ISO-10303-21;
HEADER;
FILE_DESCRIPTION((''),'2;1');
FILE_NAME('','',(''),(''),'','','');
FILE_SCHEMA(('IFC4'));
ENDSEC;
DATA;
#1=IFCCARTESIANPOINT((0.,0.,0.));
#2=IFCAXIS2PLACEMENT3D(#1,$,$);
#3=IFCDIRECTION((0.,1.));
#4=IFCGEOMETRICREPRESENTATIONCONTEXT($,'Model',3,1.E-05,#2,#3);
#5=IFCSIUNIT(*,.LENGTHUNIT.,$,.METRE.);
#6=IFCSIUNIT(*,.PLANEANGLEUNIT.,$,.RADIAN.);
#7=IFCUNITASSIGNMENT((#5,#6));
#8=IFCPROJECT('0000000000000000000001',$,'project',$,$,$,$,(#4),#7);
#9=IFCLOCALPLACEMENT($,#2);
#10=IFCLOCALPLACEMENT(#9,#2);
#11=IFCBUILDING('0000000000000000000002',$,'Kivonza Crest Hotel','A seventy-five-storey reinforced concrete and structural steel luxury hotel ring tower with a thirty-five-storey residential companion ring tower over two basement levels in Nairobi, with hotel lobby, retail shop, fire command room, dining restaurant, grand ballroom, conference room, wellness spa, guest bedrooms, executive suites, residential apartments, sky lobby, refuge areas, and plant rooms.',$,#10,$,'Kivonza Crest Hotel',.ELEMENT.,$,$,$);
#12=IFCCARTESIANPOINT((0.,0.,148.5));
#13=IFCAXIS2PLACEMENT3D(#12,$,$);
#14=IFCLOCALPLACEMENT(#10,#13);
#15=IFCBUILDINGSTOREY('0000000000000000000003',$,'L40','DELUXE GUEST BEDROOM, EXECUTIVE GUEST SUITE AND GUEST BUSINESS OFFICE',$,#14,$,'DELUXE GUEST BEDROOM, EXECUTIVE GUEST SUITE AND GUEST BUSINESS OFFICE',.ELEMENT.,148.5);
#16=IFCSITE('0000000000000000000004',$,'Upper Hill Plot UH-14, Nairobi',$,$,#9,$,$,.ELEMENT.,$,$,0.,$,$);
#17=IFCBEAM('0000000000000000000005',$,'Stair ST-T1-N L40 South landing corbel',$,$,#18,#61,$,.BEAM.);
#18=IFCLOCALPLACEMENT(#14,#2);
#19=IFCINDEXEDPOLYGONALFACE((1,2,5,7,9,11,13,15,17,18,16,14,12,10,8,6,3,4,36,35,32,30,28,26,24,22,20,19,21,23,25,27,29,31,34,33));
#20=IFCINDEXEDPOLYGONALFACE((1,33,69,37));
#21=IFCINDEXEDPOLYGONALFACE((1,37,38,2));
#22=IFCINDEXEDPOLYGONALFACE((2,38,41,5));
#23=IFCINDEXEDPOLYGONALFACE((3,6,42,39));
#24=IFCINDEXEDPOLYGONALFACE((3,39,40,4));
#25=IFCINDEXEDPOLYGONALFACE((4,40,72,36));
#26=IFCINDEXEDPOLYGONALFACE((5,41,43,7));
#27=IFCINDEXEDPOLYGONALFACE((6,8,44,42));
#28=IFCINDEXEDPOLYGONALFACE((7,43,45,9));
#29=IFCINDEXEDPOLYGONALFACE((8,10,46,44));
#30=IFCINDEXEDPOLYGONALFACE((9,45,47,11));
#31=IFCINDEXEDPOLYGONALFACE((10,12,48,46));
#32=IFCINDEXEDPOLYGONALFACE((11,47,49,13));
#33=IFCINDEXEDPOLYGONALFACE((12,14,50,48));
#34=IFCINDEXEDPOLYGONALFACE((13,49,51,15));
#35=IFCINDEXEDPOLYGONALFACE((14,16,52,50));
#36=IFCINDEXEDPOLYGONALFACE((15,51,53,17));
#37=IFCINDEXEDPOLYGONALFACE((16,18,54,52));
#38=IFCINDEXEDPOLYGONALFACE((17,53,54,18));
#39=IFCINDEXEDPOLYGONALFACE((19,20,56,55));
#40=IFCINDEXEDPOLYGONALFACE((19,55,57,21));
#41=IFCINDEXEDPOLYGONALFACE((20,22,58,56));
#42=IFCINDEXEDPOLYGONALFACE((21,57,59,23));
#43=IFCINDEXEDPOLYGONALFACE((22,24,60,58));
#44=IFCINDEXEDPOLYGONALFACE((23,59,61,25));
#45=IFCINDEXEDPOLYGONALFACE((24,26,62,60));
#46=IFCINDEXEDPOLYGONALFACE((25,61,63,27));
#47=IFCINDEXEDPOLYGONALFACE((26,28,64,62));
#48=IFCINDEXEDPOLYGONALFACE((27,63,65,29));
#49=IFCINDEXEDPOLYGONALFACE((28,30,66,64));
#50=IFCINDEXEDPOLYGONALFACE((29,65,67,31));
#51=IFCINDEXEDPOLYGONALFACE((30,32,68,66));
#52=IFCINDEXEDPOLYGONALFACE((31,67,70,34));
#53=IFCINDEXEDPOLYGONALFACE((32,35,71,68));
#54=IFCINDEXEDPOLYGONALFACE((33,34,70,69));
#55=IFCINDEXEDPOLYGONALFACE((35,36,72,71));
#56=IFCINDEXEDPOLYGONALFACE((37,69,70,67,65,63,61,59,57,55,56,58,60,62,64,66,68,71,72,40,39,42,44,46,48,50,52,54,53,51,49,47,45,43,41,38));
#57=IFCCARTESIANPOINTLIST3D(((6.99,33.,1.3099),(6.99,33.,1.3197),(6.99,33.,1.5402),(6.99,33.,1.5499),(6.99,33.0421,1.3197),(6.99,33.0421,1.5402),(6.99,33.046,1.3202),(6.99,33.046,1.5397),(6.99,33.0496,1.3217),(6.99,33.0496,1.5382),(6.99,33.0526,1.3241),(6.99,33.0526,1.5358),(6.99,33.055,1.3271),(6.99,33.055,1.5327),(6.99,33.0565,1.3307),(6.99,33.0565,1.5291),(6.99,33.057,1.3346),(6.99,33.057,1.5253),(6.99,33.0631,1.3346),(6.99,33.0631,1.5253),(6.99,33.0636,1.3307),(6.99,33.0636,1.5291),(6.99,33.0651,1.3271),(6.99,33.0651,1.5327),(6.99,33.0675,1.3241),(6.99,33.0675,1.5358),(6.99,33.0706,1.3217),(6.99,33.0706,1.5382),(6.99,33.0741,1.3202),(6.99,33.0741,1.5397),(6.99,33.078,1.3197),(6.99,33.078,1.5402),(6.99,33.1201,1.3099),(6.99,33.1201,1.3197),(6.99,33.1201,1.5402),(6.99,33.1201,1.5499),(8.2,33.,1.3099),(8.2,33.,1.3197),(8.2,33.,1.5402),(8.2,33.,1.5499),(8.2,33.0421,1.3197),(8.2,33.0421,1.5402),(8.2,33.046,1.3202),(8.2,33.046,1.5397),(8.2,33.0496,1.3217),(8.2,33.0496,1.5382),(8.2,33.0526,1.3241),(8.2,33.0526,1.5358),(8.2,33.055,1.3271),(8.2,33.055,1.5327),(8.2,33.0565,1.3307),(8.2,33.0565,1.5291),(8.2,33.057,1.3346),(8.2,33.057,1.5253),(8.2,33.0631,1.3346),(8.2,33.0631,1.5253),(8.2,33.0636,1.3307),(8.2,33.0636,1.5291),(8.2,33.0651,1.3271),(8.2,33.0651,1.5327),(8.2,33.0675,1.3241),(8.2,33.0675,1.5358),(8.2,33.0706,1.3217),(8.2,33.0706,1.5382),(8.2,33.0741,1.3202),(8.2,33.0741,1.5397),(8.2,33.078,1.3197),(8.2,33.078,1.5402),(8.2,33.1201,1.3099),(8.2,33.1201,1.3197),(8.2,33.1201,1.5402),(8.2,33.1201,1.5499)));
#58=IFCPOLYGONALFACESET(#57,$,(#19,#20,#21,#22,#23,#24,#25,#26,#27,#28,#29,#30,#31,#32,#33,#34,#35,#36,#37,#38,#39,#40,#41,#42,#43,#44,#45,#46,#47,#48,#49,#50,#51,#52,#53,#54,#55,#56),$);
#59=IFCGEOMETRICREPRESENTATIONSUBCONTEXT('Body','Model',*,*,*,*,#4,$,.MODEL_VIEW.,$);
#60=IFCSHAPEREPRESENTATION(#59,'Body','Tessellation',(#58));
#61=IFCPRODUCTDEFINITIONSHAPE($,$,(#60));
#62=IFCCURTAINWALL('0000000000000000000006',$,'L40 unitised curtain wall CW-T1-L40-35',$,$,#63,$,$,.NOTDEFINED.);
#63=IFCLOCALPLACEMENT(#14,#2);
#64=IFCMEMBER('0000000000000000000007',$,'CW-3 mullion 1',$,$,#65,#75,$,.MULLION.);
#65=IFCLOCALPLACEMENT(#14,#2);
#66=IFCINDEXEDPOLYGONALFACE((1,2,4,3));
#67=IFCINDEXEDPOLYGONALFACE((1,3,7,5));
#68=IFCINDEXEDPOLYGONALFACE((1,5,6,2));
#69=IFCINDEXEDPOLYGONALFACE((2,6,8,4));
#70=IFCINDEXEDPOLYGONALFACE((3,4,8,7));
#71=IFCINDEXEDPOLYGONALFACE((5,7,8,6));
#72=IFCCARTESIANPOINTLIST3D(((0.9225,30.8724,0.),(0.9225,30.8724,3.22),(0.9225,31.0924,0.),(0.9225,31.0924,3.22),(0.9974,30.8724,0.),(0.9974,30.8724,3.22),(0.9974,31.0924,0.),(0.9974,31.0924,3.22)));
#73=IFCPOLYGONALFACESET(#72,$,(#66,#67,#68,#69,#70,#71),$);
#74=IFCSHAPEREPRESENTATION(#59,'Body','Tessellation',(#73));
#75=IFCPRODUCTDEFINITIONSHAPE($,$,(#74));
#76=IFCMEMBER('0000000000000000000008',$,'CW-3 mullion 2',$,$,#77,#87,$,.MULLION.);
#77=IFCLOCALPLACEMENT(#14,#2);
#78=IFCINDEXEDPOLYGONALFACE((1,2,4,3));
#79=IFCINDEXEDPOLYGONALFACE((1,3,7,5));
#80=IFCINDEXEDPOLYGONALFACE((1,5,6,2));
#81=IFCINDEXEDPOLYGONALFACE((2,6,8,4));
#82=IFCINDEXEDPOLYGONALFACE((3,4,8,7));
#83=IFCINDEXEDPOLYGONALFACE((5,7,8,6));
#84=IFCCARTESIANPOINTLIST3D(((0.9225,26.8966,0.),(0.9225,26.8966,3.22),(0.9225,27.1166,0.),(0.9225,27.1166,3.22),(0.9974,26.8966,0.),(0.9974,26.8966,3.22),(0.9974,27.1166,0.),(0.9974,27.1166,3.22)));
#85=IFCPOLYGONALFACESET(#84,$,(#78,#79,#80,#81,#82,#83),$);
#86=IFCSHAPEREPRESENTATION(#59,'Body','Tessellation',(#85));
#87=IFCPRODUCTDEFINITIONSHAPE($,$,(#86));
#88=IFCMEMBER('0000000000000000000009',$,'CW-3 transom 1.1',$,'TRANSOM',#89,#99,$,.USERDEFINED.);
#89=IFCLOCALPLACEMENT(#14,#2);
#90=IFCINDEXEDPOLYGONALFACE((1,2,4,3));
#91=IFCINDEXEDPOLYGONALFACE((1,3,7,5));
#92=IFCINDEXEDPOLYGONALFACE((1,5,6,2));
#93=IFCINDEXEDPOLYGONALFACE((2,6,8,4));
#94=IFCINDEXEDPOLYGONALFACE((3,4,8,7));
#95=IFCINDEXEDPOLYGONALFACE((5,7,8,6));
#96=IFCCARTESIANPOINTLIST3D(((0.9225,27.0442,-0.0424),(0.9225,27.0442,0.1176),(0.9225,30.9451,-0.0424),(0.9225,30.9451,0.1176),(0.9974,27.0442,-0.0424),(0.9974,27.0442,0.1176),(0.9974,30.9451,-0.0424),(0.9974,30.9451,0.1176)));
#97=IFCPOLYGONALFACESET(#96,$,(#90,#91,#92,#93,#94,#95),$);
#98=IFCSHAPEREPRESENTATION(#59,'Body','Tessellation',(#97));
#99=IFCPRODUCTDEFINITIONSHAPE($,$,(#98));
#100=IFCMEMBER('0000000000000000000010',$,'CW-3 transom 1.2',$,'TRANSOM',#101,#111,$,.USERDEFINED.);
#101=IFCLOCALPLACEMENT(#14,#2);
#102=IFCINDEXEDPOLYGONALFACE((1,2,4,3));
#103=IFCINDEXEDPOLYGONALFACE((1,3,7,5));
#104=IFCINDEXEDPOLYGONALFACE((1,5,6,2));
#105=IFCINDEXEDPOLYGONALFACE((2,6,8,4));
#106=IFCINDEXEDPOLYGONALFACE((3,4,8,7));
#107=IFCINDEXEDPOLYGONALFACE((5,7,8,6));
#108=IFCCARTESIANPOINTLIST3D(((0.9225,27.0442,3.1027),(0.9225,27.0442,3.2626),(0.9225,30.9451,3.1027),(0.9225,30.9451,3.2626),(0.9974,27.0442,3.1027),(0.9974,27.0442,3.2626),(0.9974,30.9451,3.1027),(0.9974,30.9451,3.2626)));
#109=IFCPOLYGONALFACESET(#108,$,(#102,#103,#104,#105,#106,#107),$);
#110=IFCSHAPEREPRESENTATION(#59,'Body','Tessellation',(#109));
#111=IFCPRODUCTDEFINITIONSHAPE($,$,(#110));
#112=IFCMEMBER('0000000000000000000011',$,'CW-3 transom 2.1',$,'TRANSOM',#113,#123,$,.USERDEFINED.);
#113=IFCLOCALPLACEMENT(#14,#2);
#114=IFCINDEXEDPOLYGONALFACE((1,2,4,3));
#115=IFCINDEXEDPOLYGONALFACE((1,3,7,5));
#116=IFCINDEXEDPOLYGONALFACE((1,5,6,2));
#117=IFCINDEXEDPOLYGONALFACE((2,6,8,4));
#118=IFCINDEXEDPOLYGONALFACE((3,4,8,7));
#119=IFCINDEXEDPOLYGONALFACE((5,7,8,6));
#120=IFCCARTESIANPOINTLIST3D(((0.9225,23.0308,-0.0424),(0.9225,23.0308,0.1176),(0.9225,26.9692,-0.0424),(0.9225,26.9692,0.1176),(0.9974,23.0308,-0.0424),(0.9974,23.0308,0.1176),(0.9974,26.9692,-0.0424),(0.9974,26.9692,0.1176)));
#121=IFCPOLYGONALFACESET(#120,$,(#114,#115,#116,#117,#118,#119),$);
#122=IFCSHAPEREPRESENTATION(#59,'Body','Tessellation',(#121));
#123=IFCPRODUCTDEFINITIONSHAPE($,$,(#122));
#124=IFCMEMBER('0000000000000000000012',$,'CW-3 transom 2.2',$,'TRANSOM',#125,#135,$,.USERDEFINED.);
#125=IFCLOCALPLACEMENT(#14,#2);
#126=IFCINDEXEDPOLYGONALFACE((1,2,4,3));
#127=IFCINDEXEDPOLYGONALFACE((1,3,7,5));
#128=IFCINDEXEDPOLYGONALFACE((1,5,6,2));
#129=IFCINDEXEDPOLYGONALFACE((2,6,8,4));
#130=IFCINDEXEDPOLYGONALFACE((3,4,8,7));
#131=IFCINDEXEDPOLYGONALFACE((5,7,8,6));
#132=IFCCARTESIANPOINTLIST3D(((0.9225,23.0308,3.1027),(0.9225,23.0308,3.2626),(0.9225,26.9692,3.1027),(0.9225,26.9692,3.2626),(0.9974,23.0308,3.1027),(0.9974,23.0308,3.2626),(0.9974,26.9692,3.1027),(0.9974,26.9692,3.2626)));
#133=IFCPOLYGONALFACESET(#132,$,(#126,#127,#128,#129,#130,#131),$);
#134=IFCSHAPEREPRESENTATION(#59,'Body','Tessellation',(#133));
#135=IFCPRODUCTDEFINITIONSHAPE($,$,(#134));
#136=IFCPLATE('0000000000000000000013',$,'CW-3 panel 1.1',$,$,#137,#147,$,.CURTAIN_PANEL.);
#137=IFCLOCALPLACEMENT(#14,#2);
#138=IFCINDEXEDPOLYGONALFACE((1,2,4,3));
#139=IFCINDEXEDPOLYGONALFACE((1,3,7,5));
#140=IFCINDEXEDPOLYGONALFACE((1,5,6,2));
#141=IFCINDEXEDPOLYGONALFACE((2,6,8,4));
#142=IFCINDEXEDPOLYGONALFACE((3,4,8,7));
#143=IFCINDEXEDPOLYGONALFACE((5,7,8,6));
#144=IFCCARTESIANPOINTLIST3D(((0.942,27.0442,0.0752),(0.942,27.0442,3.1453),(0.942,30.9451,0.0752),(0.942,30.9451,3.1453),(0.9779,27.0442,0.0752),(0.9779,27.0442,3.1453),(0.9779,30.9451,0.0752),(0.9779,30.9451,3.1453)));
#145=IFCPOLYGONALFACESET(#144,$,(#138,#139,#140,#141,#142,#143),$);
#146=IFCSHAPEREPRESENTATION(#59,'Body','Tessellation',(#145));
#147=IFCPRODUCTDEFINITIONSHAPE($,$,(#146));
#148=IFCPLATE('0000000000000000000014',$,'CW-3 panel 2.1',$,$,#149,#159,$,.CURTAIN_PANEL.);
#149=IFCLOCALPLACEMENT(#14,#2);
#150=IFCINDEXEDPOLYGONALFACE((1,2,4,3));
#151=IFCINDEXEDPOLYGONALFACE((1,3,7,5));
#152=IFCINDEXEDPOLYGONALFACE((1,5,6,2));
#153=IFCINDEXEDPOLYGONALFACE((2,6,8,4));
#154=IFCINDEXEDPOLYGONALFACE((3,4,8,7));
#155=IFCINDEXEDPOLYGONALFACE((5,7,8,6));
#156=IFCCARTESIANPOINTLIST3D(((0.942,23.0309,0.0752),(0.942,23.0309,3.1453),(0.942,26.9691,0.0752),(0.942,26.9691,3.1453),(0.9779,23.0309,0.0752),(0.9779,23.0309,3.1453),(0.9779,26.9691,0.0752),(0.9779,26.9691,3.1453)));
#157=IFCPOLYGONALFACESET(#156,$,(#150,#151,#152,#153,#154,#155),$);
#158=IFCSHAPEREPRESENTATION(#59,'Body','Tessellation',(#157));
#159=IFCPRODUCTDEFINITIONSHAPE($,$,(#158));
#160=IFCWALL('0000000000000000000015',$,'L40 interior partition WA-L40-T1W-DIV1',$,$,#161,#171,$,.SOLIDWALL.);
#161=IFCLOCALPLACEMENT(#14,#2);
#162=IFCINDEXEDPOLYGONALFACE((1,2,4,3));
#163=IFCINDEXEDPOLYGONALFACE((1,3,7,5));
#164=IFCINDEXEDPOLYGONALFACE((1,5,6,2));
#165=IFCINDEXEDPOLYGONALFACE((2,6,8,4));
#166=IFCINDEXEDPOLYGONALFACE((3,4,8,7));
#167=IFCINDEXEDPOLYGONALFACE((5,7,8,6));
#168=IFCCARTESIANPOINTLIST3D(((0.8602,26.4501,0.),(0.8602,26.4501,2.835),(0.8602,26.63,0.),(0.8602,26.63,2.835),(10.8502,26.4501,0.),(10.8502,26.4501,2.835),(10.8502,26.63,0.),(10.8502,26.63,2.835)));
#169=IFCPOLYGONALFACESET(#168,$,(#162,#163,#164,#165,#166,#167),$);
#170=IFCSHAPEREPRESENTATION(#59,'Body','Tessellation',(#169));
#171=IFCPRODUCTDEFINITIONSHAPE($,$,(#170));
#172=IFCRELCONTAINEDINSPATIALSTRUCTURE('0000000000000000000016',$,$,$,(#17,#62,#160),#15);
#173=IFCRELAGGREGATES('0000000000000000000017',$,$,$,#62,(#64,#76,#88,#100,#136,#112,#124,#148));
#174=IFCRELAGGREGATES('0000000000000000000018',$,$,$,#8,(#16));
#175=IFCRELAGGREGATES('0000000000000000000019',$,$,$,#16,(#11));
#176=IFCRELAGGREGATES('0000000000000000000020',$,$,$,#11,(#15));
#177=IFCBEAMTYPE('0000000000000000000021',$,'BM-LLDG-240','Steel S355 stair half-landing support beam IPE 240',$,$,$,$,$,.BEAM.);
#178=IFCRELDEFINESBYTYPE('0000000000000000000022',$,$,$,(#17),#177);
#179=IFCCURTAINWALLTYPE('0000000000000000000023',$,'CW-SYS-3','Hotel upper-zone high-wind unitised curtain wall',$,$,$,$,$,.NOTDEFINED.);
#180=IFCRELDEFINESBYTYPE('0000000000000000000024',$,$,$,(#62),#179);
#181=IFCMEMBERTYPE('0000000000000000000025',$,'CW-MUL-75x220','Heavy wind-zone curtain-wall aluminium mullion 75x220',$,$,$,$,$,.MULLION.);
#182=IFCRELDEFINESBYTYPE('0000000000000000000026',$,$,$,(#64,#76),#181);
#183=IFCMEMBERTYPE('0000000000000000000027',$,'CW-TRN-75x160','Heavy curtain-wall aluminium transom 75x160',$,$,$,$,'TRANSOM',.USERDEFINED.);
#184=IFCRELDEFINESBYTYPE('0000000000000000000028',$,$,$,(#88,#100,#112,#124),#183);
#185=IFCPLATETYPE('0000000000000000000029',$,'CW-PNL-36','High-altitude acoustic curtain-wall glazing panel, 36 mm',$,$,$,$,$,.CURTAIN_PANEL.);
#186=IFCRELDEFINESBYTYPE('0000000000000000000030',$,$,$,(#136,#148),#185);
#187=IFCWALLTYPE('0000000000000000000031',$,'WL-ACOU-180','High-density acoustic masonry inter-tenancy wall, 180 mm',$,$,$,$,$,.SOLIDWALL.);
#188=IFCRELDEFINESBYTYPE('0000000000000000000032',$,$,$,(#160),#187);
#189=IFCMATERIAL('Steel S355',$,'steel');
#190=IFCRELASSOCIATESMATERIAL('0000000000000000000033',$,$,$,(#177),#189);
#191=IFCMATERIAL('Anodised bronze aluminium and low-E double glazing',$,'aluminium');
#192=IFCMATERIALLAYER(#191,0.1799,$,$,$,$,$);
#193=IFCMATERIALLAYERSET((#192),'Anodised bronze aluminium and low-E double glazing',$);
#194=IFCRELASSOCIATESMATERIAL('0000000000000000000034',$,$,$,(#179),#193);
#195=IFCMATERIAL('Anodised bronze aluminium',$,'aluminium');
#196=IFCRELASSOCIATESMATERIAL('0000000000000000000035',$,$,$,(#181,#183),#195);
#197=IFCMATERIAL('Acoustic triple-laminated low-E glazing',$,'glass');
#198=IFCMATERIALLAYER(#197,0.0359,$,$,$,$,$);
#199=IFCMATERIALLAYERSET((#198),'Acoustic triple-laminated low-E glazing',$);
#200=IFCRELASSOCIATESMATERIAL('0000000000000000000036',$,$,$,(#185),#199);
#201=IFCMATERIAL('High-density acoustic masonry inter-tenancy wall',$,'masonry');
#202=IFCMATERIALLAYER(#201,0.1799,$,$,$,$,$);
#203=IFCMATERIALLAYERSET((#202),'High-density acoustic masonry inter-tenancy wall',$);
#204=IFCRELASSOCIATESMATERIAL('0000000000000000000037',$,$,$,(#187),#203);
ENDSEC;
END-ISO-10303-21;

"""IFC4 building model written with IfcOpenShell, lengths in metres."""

from ifc_helpers import new_model, si_unit, direction, frame, frame_2d, origin, origin_2d, place, context, subcontext, project, spatial, rectangle, i_section, extrude, material, layer, layer_set, material_profile, profile_set, type_object, element, aggregate, save


model = new_model("IFC4")

# Units and contexts
model_context = context("Model", 3, precision=1e-05, world=origin(), true_north=direction((0.0, 1.0)))
body_context = subcontext(model_context, "Body", "Model", "MODEL_VIEW")
ifc_project = project(units=[si_unit("LENGTHUNIT", "METRE"), si_unit("PLANEANGLEUNIT", "RADIAN")], contexts=[model_context])

# Site, building, storey
site_placement = place(None, origin())
site = spatial("IfcSite", under=ifc_project, at=site_placement, Name="Upper Hill Plot UH-14, Nairobi", CompositionType="ELEMENT", RefElevation=0.0)
building_placement = place(site_placement, origin())
building = spatial("IfcBuilding", under=site, at=building_placement, Name="Kivonza Crest Hotel", Description="A seventy-five-storey reinforced concrete and structural steel luxury hotel ring tower with a thirty-five-storey residential companion ring tower over two basement levels in Nairobi, with hotel lobby, retail shop, fire command room, dining restaurant, grand ballroom, conference room, wellness spa, guest bedrooms, executive suites, residential apartments, sky lobby, refuge areas, and plant rooms.", LongName="Kivonza Crest Hotel", CompositionType="ELEMENT")
storey_placement = place(building_placement, frame((0.0, 0.0, 148.5)))
storey = spatial("IfcBuildingStorey", under=building, at=storey_placement, Name="L40", Description="DELUXE GUEST BEDROOM, EXECUTIVE GUEST SUITE AND GUEST BUSINESS OFFICE", LongName="DELUXE GUEST BEDROOM, EXECUTIVE GUEST SUITE AND GUEST BUSINESS OFFICE", CompositionType="ELEMENT", Elevation=148.5)

# Beam
ifc_material_1 = material(Name="Steel S355", Category="steel")
ifc_material_profile_1 = material_profile(ifc_material_1, i_section(OverallWidth=0.1201, OverallDepth=0.24, WebThickness=0.0061, FlangeThickness=0.0098, FilletRadius=0.0149, at=origin_2d()), Name="IPE 240")
ifc_profile_set_1 = profile_set([ifc_material_profile_1], Name="Steel S355")
beam_type_1 = type_object("IfcBeamType", Name="BM-LLDG-240", Description="Steel S355 stair half-landing support beam IPE 240", PredefinedType="BEAM", material=ifc_profile_set_1)
beam_1_placement = place(storey_placement, frame((6.99, 33.0601, 1.4299), z_axis=(1.0, 0.0, 0.0), x_axis=(0.0, 1.0, 0.0)))
element("IfcBeam", 1, at=beam_1_placement, inside=storey, type_object=beam_type_1, Name="Stair ST-T1-N L40 South landing corbel", PredefinedType="BEAM", context=body_context, shape_type="SweptSolid", body=[
    extrude(i_section(OverallWidth=0.1201, OverallDepth=0.24, WebThickness=0.0061, FlangeThickness=0.0098, FilletRadius=0.0149, at=origin_2d()), origin(), (0.0, 0.0, 1.0), 1.21),
])

# Curtain wall, members, plates
ifc_material_2 = material(Name="Anodised bronze aluminium and low-E double glazing", Category="aluminium")
ifc_layer_1 = layer(ifc_material_2, 0.1799)
ifc_layer_set_1 = layer_set([ifc_layer_1], Name="Anodised bronze aluminium and low-E double glazing")
curtain_wall_type = type_object("IfcCurtainWallType", Name="CW-SYS-3", Description="Hotel upper-zone high-wind unitised curtain wall", PredefinedType="NOTDEFINED", material=ifc_layer_set_1)
curtain_wall_placement = place(storey_placement, origin())
curtain_wall = element("IfcCurtainWall", 2, at=curtain_wall_placement, inside=storey, type_object=curtain_wall_type, Name="L40 unitised curtain wall CW-T1-L40-35", PredefinedType="NOTDEFINED")
ifc_material_3 = material(Name="Anodised bronze aluminium", Category="aluminium")
ifc_material_profile_2 = material_profile(ifc_material_3, rectangle(XDim=0.075, YDim=0.22, at=origin_2d()), Name="CW-M 75x220")
ifc_profile_set_2 = profile_set([ifc_material_profile_2], Name="Anodised bronze aluminium")
member_type_1 = type_object("IfcMemberType", Name="CW-MUL-75x220", Description="Heavy wind-zone curtain-wall aluminium mullion 75x220", PredefinedType="MULLION", material=ifc_profile_set_2)
member_1_placement = place(storey_placement, frame((0.96, 30.9824, 0.0), z_axis=(0.0, 0.0, 1.0), x_axis=(1.0, 0.0, 0.0)))
member_1 = element("IfcMember", 3, at=member_1_placement, type_object=member_type_1, Name="CW-3 mullion 1", PredefinedType="MULLION", context=body_context, shape_type="SweptSolid", body=[
    extrude(rectangle(XDim=0.075, YDim=0.22, at=origin_2d()), origin(), (0.0, 0.0, 1.0), 3.22),
])
member_2_placement = place(storey_placement, frame((0.96, 27.0066, 0.0), z_axis=(0.0, 0.0, 1.0), x_axis=(1.0, 0.0, 0.0)))
member_2 = element("IfcMember", 4, at=member_2_placement, type_object=member_type_1, Name="CW-3 mullion 2", PredefinedType="MULLION", context=body_context, shape_type="SweptSolid", body=[
    extrude(rectangle(XDim=0.075, YDim=0.22, at=origin_2d()), origin(), (0.0, 0.0, 1.0), 3.22),
])
ifc_material_profile_3 = material_profile(ifc_material_3, rectangle(XDim=0.075, YDim=0.1599, at=origin_2d()), Name="CW-T 75x160")
ifc_profile_set_3 = profile_set([ifc_material_profile_3], Name="Anodised bronze aluminium")
member_type_2 = type_object("IfcMemberType", Name="CW-TRN-75x160", Description="Heavy curtain-wall aluminium transom 75x160", ElementType="TRANSOM", PredefinedType="USERDEFINED", material=ifc_profile_set_3)
member_3_placement = place(storey_placement, frame((0.96, 30.9451, 0.0376), z_axis=(0.0, -1.0, 0.0), x_axis=(1.0, 0.0, 0.0)))
member_3 = element("IfcMember", 5, at=member_3_placement, type_object=member_type_2, Name="CW-3 transom 1.1", ObjectType="TRANSOM", PredefinedType="USERDEFINED", context=body_context, shape_type="SweptSolid", body=[
    extrude(rectangle(XDim=0.075, YDim=0.1599, at=origin_2d()), origin(), (0.0, 0.0, 1.0), 3.9009),
])
member_4_placement = place(storey_placement, frame((0.96, 30.9451, 3.1826), z_axis=(0.0, -1.0, 0.0), x_axis=(1.0, 0.0, 0.0)))
member_4 = element("IfcMember", 6, at=member_4_placement, type_object=member_type_2, Name="CW-3 transom 1.2", ObjectType="TRANSOM", PredefinedType="USERDEFINED", context=body_context, shape_type="SweptSolid", body=[
    extrude(rectangle(XDim=0.075, YDim=0.1599, at=origin_2d()), origin(), (0.0, 0.0, 1.0), 3.9009),
])
member_5_placement = place(storey_placement, frame((0.96, 26.9692, 0.0376), z_axis=(0.0, -1.0, 0.0), x_axis=(1.0, 0.0, 0.0)))
member_5 = element("IfcMember", 7, at=member_5_placement, type_object=member_type_2, Name="CW-3 transom 2.1", ObjectType="TRANSOM", PredefinedType="USERDEFINED", context=body_context, shape_type="SweptSolid", body=[
    extrude(rectangle(XDim=0.075, YDim=0.1599, at=origin_2d()), origin(), (0.0, 0.0, 1.0), 3.9385),
])
member_6_placement = place(storey_placement, frame((0.96, 26.9692, 3.1826), z_axis=(0.0, -1.0, 0.0), x_axis=(1.0, 0.0, 0.0)))
member_6 = element("IfcMember", 8, at=member_6_placement, type_object=member_type_2, Name="CW-3 transom 2.2", ObjectType="TRANSOM", PredefinedType="USERDEFINED", context=body_context, shape_type="SweptSolid", body=[
    extrude(rectangle(XDim=0.075, YDim=0.1599, at=origin_2d()), origin(), (0.0, 0.0, 1.0), 3.9385),
])
ifc_material_4 = material(Name="Acoustic triple-laminated low-E glazing", Category="glass")
ifc_layer_2 = layer(ifc_material_4, 0.0359)
ifc_layer_set_2 = layer_set([ifc_layer_2], Name="Acoustic triple-laminated low-E glazing")
plate_type = type_object("IfcPlateType", Name="CW-PNL-36", Description="High-altitude acoustic curtain-wall glazing panel, 36 mm", PredefinedType="CURTAIN_PANEL", material=ifc_layer_set_2)
plate_1_placement = place(storey_placement, frame((0.96, 28.9946, 0.0752), z_axis=(0.0, 0.0, 1.0), x_axis=(0.0, -1.0, 0.0)))
plate_1 = element("IfcPlate", 9, at=plate_1_placement, type_object=plate_type, Name="CW-3 panel 1.1", PredefinedType="CURTAIN_PANEL", context=body_context, shape_type="SweptSolid", body=[
    extrude(rectangle(XDim=3.9009, YDim=0.0359, at=origin_2d()), origin(), (0.0, 0.0, 1.0), 3.0701),
])
plate_2_placement = place(storey_placement, frame((0.96, 25.0, 0.0752), z_axis=(0.0, 0.0, 1.0), x_axis=(0.0, -1.0, 0.0)))
plate_2 = element("IfcPlate", 10, at=plate_2_placement, type_object=plate_type, Name="CW-3 panel 2.1", PredefinedType="CURTAIN_PANEL", context=body_context, shape_type="SweptSolid", body=[
    extrude(rectangle(XDim=3.9382, YDim=0.0359, at=origin_2d()), origin(), (0.0, 0.0, 1.0), 3.0701),
])
aggregate(curtain_wall, [member_1, member_2, member_3, member_4, plate_1, member_5, member_6, plate_2])

# Wall
ifc_material_5 = material(Name="High-density acoustic masonry inter-tenancy wall", Category="masonry")
ifc_layer_3 = layer(ifc_material_5, 0.1799)
ifc_layer_set_3 = layer_set([ifc_layer_3], Name="High-density acoustic masonry inter-tenancy wall")
wall_type_1 = type_object("IfcWallType", Name="WL-ACOU-180", Description="High-density acoustic masonry inter-tenancy wall, 180 mm", PredefinedType="SOLIDWALL", material=ifc_layer_set_3)
wall_1_placement = place(storey_placement, frame((0.8601, 26.54, 0.0), z_axis=(0.0, 0.0, 1.0), x_axis=(1.0, 0.0, 0.0)))
element("IfcWall", 11, at=wall_1_placement, inside=storey, type_object=wall_type_1, Name="L40 interior partition WA-L40-T1W-DIV1", PredefinedType="SOLIDWALL", context=body_context, shape_type="SweptSolid", body=[
    extrude(rectangle(XDim=9.99, YDim=0.1799, at=frame_2d((4.9951, 0.0))), origin(), (0.0, 0.0, 1.0), 2.835),
])

save(model, "model.ifc")
